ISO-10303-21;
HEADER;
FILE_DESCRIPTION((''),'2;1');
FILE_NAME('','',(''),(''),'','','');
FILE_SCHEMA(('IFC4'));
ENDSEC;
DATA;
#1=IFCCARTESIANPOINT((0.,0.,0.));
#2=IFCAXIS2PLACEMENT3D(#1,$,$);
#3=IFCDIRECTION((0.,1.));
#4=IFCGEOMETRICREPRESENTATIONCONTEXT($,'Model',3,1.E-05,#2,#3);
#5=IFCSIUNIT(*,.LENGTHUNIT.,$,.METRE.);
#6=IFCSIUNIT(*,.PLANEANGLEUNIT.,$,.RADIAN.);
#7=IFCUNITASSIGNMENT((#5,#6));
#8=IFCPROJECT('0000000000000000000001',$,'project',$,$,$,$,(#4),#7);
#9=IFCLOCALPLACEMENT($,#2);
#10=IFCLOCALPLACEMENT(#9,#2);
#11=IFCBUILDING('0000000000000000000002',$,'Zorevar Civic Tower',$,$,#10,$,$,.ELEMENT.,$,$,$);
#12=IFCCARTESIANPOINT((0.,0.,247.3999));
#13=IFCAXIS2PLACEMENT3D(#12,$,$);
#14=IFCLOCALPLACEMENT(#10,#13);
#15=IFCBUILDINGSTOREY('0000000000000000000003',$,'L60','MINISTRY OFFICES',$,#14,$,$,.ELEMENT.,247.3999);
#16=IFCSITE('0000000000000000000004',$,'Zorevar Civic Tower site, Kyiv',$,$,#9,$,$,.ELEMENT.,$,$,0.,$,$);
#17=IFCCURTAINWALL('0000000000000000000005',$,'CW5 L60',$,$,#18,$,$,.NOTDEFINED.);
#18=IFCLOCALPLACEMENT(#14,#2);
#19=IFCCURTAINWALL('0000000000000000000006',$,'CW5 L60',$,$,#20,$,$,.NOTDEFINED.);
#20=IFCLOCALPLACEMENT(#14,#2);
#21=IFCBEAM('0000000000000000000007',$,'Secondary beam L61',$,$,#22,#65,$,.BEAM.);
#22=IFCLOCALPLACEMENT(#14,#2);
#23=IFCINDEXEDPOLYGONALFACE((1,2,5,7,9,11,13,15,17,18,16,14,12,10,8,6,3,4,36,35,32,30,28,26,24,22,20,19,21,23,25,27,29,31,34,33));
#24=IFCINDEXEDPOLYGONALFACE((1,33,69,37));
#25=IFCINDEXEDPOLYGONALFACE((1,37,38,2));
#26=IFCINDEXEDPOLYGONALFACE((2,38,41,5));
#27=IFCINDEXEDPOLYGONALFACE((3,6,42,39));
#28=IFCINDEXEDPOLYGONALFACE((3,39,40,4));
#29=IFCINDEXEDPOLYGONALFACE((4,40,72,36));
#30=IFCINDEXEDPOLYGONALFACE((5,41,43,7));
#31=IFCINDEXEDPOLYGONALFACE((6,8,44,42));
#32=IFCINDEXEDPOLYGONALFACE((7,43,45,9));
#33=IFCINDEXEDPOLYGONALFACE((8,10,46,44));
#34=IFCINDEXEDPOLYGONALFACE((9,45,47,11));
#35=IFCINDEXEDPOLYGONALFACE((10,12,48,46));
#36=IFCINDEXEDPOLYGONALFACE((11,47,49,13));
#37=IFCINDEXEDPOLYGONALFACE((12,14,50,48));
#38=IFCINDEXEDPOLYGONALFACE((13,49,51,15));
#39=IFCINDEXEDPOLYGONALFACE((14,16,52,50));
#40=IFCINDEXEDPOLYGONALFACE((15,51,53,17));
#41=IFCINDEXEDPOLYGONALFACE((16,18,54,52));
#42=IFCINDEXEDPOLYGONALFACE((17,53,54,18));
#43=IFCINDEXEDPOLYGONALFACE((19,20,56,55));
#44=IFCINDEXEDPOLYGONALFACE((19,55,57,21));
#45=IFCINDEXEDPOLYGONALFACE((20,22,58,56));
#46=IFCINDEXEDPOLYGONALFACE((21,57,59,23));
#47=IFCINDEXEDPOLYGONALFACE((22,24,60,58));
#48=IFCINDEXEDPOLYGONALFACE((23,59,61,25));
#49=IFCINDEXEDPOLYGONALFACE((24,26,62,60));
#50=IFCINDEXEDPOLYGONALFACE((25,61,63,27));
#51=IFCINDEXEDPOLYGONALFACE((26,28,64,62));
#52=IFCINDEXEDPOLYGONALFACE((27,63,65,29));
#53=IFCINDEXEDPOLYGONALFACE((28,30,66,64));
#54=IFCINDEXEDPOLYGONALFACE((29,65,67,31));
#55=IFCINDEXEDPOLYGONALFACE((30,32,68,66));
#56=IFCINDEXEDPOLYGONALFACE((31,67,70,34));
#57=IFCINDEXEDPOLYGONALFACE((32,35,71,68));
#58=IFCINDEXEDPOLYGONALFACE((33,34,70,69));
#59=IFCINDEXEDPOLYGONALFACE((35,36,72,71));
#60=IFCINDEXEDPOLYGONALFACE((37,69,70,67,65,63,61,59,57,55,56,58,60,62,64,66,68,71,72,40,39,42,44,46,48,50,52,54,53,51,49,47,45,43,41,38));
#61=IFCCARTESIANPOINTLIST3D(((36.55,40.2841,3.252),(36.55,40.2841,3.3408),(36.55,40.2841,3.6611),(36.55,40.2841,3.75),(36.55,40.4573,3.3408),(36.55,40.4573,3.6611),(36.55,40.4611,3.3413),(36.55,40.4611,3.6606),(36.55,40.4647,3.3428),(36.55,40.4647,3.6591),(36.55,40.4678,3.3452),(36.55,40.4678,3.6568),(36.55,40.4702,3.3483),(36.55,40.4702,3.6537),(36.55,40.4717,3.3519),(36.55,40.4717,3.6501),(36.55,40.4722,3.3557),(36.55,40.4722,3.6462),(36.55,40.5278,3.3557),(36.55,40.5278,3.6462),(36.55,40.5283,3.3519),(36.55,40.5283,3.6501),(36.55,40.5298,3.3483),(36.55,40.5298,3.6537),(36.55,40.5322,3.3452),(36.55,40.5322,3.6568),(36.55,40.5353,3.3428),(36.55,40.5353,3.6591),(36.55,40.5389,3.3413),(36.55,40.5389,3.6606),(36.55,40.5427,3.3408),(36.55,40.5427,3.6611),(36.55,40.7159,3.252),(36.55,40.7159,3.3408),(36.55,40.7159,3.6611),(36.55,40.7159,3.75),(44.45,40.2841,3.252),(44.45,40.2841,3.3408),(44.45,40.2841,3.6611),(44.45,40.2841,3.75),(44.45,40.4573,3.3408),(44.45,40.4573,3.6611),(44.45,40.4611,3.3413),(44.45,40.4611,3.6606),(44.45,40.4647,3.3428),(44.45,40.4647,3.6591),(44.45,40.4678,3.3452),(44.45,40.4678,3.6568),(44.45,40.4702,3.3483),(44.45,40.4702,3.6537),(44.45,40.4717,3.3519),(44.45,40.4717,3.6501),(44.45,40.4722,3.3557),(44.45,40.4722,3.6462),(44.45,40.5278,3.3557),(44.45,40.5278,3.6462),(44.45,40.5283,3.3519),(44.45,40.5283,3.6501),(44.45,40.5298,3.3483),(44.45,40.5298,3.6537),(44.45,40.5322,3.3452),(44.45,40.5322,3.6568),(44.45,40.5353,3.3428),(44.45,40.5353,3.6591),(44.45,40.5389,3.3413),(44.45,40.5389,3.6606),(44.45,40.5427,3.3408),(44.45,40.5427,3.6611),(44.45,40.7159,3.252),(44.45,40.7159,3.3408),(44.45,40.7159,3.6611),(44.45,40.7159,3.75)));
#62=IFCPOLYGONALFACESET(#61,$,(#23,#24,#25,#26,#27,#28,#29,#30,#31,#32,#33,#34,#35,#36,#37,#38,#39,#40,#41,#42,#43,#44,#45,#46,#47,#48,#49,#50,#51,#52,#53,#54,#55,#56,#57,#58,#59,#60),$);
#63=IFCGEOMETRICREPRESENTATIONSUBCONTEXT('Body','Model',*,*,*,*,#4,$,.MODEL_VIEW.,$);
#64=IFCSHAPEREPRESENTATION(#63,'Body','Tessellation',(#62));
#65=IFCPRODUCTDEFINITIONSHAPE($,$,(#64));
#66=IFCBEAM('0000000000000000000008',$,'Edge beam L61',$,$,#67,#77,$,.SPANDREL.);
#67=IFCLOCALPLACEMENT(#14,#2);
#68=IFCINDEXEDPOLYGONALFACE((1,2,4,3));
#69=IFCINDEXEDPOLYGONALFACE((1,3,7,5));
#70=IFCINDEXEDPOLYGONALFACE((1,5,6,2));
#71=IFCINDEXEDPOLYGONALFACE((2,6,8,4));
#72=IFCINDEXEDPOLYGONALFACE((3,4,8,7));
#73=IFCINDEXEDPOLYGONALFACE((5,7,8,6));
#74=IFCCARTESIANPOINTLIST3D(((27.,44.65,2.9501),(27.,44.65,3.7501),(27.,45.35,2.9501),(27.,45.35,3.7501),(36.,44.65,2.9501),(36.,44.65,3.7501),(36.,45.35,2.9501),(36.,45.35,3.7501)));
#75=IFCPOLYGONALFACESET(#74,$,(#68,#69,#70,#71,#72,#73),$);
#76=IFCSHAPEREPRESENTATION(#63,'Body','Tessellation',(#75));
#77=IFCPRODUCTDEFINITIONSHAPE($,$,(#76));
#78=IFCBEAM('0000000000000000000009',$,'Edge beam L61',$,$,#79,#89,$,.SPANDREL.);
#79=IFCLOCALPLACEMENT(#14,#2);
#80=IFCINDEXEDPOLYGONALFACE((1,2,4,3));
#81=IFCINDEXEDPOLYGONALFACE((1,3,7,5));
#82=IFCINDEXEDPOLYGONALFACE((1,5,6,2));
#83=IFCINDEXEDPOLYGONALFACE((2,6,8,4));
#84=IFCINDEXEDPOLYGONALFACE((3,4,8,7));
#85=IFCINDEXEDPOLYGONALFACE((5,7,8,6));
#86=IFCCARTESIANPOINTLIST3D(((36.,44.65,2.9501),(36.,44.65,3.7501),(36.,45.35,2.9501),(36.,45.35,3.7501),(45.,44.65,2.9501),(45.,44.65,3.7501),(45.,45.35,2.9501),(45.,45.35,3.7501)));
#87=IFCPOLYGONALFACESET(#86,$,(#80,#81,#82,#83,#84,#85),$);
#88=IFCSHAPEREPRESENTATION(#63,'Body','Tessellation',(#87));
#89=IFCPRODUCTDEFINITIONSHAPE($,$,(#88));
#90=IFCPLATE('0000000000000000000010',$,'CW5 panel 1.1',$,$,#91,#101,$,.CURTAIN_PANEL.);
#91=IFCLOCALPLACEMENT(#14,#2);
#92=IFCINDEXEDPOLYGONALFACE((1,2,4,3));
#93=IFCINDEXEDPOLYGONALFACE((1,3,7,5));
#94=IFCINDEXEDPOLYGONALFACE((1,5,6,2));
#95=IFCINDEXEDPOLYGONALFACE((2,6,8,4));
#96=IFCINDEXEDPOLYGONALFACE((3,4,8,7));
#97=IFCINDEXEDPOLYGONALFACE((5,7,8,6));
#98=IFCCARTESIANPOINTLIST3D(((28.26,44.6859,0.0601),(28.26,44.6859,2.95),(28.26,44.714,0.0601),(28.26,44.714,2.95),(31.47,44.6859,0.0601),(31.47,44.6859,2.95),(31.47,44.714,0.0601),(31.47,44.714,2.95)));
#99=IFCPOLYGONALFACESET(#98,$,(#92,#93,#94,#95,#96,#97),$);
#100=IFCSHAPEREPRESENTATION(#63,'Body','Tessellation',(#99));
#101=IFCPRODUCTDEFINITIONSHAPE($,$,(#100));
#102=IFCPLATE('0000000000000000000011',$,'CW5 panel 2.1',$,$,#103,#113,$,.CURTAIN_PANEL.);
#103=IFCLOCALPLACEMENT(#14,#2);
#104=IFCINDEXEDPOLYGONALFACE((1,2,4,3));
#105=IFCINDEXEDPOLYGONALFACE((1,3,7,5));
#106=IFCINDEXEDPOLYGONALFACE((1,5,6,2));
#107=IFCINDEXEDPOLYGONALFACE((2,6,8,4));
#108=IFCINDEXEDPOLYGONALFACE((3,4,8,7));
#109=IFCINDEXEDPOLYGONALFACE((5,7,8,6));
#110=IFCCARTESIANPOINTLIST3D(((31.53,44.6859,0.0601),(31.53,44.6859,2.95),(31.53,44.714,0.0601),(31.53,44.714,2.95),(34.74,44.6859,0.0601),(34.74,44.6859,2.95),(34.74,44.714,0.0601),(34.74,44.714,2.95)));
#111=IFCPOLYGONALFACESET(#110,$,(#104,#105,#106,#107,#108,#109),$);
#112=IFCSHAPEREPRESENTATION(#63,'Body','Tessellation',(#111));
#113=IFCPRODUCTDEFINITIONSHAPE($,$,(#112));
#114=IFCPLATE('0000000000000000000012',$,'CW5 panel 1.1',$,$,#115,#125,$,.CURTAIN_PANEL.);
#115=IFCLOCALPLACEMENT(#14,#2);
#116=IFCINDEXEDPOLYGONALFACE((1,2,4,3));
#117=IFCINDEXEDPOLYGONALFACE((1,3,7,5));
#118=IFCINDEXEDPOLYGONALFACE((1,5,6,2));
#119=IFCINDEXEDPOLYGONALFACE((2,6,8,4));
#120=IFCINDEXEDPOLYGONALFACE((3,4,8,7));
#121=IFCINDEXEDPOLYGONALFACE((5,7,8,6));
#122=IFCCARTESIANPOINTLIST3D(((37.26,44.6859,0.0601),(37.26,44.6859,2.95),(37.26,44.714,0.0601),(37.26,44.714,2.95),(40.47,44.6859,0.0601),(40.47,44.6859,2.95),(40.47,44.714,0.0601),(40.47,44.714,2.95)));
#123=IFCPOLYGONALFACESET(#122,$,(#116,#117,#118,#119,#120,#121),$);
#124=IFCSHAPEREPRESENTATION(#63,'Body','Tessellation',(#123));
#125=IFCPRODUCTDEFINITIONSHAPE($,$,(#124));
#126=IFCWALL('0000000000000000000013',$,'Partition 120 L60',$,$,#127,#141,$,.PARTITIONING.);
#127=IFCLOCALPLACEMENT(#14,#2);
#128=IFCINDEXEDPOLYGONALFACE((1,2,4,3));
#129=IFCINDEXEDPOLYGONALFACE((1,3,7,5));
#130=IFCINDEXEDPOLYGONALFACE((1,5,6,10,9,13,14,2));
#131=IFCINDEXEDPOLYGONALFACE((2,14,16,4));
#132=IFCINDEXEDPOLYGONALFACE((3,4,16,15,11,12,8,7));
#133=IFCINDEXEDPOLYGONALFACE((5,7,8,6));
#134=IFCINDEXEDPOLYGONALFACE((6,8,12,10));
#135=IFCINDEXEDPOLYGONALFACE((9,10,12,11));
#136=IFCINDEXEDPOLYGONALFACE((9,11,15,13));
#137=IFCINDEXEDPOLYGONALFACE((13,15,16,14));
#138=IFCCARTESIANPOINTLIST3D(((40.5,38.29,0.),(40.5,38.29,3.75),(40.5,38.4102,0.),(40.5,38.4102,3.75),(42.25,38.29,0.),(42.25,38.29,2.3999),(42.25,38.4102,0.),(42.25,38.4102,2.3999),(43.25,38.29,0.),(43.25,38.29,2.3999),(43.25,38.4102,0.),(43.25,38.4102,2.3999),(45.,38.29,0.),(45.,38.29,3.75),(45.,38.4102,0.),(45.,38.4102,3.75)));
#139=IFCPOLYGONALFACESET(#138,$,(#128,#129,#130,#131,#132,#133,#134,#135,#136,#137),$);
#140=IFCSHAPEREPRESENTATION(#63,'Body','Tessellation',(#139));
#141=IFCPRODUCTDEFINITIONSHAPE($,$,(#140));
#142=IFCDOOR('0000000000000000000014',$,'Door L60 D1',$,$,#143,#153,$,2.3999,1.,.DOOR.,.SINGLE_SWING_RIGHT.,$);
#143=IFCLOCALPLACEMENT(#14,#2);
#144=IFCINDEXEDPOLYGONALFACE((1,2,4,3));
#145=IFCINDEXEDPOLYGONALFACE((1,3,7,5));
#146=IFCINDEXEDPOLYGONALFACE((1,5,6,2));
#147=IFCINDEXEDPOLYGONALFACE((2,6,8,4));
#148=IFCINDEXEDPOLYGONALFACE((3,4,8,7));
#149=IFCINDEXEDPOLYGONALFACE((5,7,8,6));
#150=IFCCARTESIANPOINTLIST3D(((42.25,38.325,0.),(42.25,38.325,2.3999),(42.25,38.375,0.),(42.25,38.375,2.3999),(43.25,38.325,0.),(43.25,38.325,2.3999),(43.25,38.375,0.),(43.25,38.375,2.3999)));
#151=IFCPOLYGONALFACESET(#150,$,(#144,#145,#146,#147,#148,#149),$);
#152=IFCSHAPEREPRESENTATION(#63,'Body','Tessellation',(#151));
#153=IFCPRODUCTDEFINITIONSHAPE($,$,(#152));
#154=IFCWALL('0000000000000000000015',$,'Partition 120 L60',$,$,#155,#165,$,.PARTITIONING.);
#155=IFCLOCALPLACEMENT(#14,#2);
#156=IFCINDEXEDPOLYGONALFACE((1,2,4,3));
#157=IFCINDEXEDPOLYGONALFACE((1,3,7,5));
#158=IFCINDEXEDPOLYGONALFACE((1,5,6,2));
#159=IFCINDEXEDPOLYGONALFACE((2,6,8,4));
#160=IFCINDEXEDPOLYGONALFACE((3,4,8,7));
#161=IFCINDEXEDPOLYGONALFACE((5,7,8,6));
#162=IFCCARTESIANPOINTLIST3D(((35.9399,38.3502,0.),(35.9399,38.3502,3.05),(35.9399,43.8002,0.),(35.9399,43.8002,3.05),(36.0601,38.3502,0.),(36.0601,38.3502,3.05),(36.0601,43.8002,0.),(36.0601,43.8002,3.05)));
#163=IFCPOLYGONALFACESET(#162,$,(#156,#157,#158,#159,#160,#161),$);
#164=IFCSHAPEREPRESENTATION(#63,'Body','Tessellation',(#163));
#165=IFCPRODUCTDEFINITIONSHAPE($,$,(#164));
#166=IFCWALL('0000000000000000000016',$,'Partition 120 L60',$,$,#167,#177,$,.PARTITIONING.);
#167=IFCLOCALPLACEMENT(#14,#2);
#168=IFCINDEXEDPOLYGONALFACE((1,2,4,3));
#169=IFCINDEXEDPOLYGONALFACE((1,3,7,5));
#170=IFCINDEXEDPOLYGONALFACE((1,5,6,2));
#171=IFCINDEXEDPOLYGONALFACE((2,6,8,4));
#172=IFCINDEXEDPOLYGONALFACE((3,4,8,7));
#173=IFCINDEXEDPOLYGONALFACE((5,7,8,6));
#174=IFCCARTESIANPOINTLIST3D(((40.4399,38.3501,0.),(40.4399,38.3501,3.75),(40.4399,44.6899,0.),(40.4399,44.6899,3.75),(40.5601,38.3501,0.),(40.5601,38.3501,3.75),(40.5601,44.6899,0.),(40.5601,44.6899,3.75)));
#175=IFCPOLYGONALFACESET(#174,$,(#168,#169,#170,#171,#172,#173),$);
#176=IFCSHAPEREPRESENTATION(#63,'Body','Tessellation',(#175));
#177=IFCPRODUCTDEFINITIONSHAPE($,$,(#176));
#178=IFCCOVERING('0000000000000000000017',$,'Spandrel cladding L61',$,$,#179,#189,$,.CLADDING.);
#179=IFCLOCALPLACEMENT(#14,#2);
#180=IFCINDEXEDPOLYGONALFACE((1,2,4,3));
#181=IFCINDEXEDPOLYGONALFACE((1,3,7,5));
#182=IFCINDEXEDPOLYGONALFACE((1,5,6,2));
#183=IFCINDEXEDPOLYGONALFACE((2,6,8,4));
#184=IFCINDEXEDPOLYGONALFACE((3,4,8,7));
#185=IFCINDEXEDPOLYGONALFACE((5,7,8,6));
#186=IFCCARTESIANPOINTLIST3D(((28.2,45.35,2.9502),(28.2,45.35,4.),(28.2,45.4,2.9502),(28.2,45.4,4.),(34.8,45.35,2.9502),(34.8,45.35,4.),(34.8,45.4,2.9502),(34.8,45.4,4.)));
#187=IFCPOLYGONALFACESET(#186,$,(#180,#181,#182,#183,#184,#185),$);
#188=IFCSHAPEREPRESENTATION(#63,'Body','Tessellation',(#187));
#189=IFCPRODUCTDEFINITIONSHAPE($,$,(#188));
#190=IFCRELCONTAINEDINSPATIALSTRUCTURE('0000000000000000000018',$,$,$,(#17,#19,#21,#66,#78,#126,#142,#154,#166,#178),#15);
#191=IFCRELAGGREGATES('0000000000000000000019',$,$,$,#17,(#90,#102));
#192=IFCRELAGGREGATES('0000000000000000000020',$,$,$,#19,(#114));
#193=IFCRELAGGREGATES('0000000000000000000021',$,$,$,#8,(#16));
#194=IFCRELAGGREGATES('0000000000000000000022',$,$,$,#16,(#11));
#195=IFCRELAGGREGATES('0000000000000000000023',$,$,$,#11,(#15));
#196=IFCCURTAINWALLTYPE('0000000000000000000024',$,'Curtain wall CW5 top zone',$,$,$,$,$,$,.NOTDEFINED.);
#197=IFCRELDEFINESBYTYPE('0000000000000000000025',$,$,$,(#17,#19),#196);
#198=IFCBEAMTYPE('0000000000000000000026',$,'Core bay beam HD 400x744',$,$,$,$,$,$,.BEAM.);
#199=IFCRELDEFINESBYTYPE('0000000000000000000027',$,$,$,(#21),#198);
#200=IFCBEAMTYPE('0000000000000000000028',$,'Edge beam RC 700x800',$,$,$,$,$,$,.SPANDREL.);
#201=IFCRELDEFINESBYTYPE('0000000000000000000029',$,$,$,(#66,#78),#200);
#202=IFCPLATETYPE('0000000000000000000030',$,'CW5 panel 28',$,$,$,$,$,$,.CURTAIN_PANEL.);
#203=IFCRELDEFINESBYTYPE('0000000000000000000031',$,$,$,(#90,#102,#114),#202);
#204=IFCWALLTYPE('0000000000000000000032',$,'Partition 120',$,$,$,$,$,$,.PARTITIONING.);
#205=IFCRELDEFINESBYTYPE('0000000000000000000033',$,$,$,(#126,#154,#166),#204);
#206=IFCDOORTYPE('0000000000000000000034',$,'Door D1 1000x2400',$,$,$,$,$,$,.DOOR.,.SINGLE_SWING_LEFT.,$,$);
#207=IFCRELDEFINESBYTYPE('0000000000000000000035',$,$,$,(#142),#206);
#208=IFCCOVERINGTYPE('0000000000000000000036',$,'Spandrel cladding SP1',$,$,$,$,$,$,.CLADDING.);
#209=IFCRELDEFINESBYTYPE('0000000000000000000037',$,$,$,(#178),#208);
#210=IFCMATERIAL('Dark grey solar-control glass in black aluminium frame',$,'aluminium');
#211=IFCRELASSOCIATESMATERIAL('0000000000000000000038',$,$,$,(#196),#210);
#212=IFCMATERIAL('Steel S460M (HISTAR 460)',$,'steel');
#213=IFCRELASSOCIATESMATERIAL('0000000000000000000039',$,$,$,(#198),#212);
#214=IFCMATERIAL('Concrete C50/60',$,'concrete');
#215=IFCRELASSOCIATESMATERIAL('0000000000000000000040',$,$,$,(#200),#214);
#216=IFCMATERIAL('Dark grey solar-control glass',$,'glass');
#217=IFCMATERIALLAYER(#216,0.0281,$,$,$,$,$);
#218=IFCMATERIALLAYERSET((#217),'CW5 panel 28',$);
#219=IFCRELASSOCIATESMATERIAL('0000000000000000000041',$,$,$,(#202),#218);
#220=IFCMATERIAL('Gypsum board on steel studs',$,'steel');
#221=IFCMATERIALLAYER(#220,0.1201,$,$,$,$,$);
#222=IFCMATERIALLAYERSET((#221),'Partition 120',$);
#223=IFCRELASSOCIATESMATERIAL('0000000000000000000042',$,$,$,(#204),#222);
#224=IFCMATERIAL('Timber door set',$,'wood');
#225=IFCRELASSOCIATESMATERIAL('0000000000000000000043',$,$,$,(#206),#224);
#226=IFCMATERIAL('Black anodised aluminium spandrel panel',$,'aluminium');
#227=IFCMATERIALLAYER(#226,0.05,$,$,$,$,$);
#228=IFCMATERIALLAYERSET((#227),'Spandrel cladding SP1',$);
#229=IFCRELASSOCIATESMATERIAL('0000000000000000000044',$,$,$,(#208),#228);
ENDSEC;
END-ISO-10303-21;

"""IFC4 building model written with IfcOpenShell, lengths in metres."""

from ifc_helpers import new_model, si_unit, direction, frame, frame_2d, origin, origin_2d, place, context, subcontext, project, spatial, rectangle, i_section, extrude, material, layer, layer_set, material_profile, profile_set, type_object, element, fill, aggregate, save


model = new_model("IFC4")

# Units and contexts
model_context = context("Model", 3, precision=1e-05, world=origin(), true_north=direction((0.0, 1.0)))
body_context = subcontext(model_context, "Body", "Model", "MODEL_VIEW")
ifc_project = project(units=[si_unit("LENGTHUNIT", "METRE"), si_unit("PLANEANGLEUNIT", "RADIAN")], contexts=[model_context])

# Site, building, storey
site_placement = place(None, origin())
site = spatial("IfcSite", under=ifc_project, at=site_placement, Name="Zorevar Civic Tower site, Kyiv", CompositionType="ELEMENT", RefElevation=0.0)
building_placement = place(site_placement, origin())
building = spatial("IfcBuilding", under=site, at=building_placement, Name="Zorevar Civic Tower", CompositionType="ELEMENT")
storey_placement = place(building_placement, frame((0.0, 0.0, 247.3999)))
storey = spatial("IfcBuildingStorey", under=building, at=storey_placement, Name="L60", Description="MINISTRY OFFICES", CompositionType="ELEMENT", Elevation=247.3999)

# Curtain walls
ifc_material_1 = material(Name="Dark grey solar-control glass in black aluminium frame", Category="aluminium")
curtain_wall_type = type_object("IfcCurtainWallType", Name="Curtain wall CW5 top zone", PredefinedType="NOTDEFINED", material=ifc_material_1)
curtain_wall_1_placement = place(storey_placement, origin())
curtain_wall_1 = element("IfcCurtainWall", 1, at=curtain_wall_1_placement, inside=storey, type_object=curtain_wall_type, Name="CW5 L60", PredefinedType="NOTDEFINED")
curtain_wall_2_placement = place(storey_placement, origin())
curtain_wall_2 = element("IfcCurtainWall", 2, at=curtain_wall_2_placement, inside=storey, type_object=curtain_wall_type, Name="CW5 L60", PredefinedType="NOTDEFINED")

# Beams
ifc_material_2 = material(Name="Steel S460M (HISTAR 460)", Category="steel")
ifc_material_profile_1 = material_profile(ifc_material_2, i_section(OverallWidth=0.4319, OverallDepth=0.498, WebThickness=0.0557, FlangeThickness=0.0889, FilletRadius=0.0149, at=origin_2d()), Name="HD 400x744")
ifc_profile_set_1 = profile_set([ifc_material_profile_1], Name="Steel S460M (HISTAR 460)")
beam_type_1 = type_object("IfcBeamType", Name="Core bay beam HD 400x744", PredefinedType="BEAM", material=ifc_profile_set_1)
for number, where, z_axis, x_axis, name in (
    (3, (36.55, 40.5, 3.501), (1.0, 0.0, 0.0), (0.0, 1.0, 0.0), "Secondary beam L61"),
):
    element("IfcBeam", number, at=place(storey_placement, frame(where, z_axis=z_axis, x_axis=x_axis)), inside=storey, type_object=beam_type_1, Name=name, PredefinedType="BEAM", context=body_context, shape_type="SweptSolid", body=[
        extrude(i_section(OverallWidth=0.4319, OverallDepth=0.498, WebThickness=0.0557, FlangeThickness=0.0889, FilletRadius=0.0149, at=origin_2d()), origin(), (0.0, 0.0, 1.0), 7.8999),
    ])
ifc_material_3 = material(Name="Concrete C50/60", Category="concrete")
ifc_material_profile_2 = material_profile(ifc_material_3, rectangle(XDim=0.7, YDim=0.8, at=origin_2d()), Name="RC 700x800")
ifc_profile_set_2 = profile_set([ifc_material_profile_2], Name="Concrete C50/60")
beam_type_2 = type_object("IfcBeamType", Name="Edge beam RC 700x800", PredefinedType="SPANDREL", material=ifc_profile_set_2)
for number, where, z_axis, x_axis, name in (
    (4, (27.0, 45.0, 3.3501), (1.0, 0.0, 0.0), (0.0, 1.0, 0.0), "Edge beam L61"),
    (5, (36.0, 45.0, 3.3501), (1.0, 0.0, 0.0), (0.0, 1.0, 0.0), "Edge beam L61"),
):
    element("IfcBeam", number, at=place(storey_placement, frame(where, z_axis=z_axis, x_axis=x_axis)), inside=storey, type_object=beam_type_2, Name=name, PredefinedType="SPANDREL", context=body_context, shape_type="SweptSolid", body=[
        extrude(rectangle(XDim=0.7, YDim=0.8, at=origin_2d()), origin(), (0.0, 0.0, 1.0), 9.0),
    ])

# Plates
ifc_material_4 = material(Name="Dark grey solar-control glass", Category="glass")
ifc_layer_1 = layer(ifc_material_4, 0.0281)
ifc_layer_set_1 = layer_set([ifc_layer_1], Name="CW5 panel 28")
plate_type = type_object("IfcPlateType", Name="CW5 panel 28", PredefinedType="CURTAIN_PANEL", material=ifc_layer_set_1)
plate_1_placement = place(storey_placement, frame((29.865, 44.7, 0.0601), z_axis=(0.0, 0.0, 1.0), x_axis=(1.0, 0.0, 0.0)))
plate_1 = element("IfcPlate", 6, at=plate_1_placement, type_object=plate_type, Name="CW5 panel 1.1", PredefinedType="CURTAIN_PANEL", context=body_context, shape_type="SweptSolid", body=[
    extrude(rectangle(XDim=3.21, YDim=0.0281, at=origin_2d()), origin(), (0.0, 0.0, 1.0), 2.8899),
])
plate_2_placement = place(storey_placement, frame((33.135, 44.7, 0.0601), z_axis=(0.0, 0.0, 1.0), x_axis=(1.0, 0.0, 0.0)))
plate_2 = element("IfcPlate", 7, at=plate_2_placement, type_object=plate_type, Name="CW5 panel 2.1", PredefinedType="CURTAIN_PANEL", context=body_context, shape_type="SweptSolid", body=[
    extrude(rectangle(XDim=3.21, YDim=0.0281, at=origin_2d()), origin(), (0.0, 0.0, 1.0), 2.8899),
])
aggregate(curtain_wall_1, [plate_1, plate_2])
plate_3_placement = place(storey_placement, frame((38.865, 44.7, 0.0601), z_axis=(0.0, 0.0, 1.0), x_axis=(1.0, 0.0, 0.0)))
plate_3 = element("IfcPlate", 8, at=plate_3_placement, type_object=plate_type, Name="CW5 panel 1.1", PredefinedType="CURTAIN_PANEL", context=body_context, shape_type="SweptSolid", body=[
    extrude(rectangle(XDim=3.21, YDim=0.0281, at=origin_2d()), origin(), (0.0, 0.0, 1.0), 2.8899),
])
aggregate(curtain_wall_2, [plate_3])

# Wall, opening, door
ifc_material_5 = material(Name="Gypsum board on steel studs", Category="steel")
ifc_layer_2 = layer(ifc_material_5, 0.1201)
ifc_layer_set_2 = layer_set([ifc_layer_2], Name="Partition 120")
wall_type = type_object("IfcWallType", Name="Partition 120", PredefinedType="PARTITIONING", material=ifc_layer_set_2)
wall_1_placement = place(storey_placement, frame((40.5, 38.3501, 0.0), z_axis=(0.0, 0.0, 1.0), x_axis=(1.0, 0.0, 0.0)))
wall_1 = element("IfcWall", 9, at=wall_1_placement, inside=storey, type_object=wall_type, Name="Partition 120 L60", PredefinedType="PARTITIONING", context=body_context, shape_type="SweptSolid", body=[
    extrude(rectangle(XDim=4.5, YDim=0.1201, at=frame_2d((2.25, 0.0))), origin(), (0.0, 0.0, 1.0), 3.75),
])
opening_placement = place(wall_1_placement, frame((1.75, 0.0, 0.0)))
opening = element("IfcOpeningElement", 10, at=opening_placement, cuts=wall_1, PredefinedType="OPENING", context=body_context, shape_type="SweptSolid", body=[
    extrude(rectangle(XDim=1.0, YDim=2.3999, at=frame_2d((0.5, 1.2))), frame((0.0, 0.0701, 0.0), z_axis=(0.0, -1.0, 0.0), x_axis=(1.0, 0.0, 0.0)), (0.0, 0.0, 1.0), 0.1401),
])
ifc_material_6 = material(Name="Timber door set", Category="wood")
door_type = type_object("IfcDoorType", Name="Door D1 1000x2400", OperationType="SINGLE_SWING_LEFT", PredefinedType="DOOR", material=ifc_material_6)
door_placement = place(opening_placement, origin())
door = element("IfcDoor", 11, at=door_placement, inside=storey, type_object=door_type, Name="Door L60 D1", OperationType="SINGLE_SWING_RIGHT", OverallHeight=2.3999, OverallWidth=1.0, PredefinedType="DOOR", context=body_context, shape_type="SweptSolid", body=[
    extrude(rectangle(XDim=1.0, YDim=2.3999, at=frame_2d((0.5, 1.2))), frame((0.0, 0.0249, 0.0), z_axis=(0.0, -1.0, 0.0), x_axis=(1.0, 0.0, 0.0)), (0.0, 0.0, 1.0), 0.05),
])
fill(opening, door)

# Walls
wall_2_placement = place(storey_placement, frame((36.0, 38.3501, 0.0), z_axis=(0.0, 0.0, 1.0), x_axis=(0.0, 1.0, 0.0)))
element("IfcWall", 12, at=wall_2_placement, inside=storey, type_object=wall_type, Name="Partition 120 L60", PredefinedType="PARTITIONING", context=body_context, shape_type="SweptSolid", body=[
    extrude(rectangle(XDim=5.45, YDim=0.1201, at=frame_2d((2.7251, 0.0))), origin(), (0.0, 0.0, 1.0), 3.05),
])
wall_3_placement = place(storey_placement, frame((40.5, 38.3501, 0.0), z_axis=(0.0, 0.0, 1.0), x_axis=(0.0, 1.0, 0.0)))
element("IfcWall", 13, at=wall_3_placement, inside=storey, type_object=wall_type, Name="Partition 120 L60", PredefinedType="PARTITIONING", context=body_context, shape_type="SweptSolid", body=[
    extrude(rectangle(XDim=6.3398, YDim=0.1201, at=frame_2d((3.1699, 0.0))), origin(), (0.0, 0.0, 1.0), 3.75),
])

# Covering
ifc_material_7 = material(Name="Black anodised aluminium spandrel panel", Category="aluminium")
ifc_layer_3 = layer(ifc_material_7, 0.05)
ifc_layer_set_3 = layer_set([ifc_layer_3], Name="Spandrel cladding SP1")
covering_type = type_object("IfcCoveringType", Name="Spandrel cladding SP1", PredefinedType="CLADDING", material=ifc_layer_set_3)
for number, where, z_axis, x_axis, name in (
    (14, (28.2, 45.375, 2.9502), (0.0, 0.0, 1.0), (1.0, 0.0, 0.0), "Spandrel cladding L61"),
):
    element("IfcCovering", number, at=place(storey_placement, frame(where, z_axis=z_axis, x_axis=x_axis)), inside=storey, type_object=covering_type, Name=name, PredefinedType="CLADDING", context=body_context, shape_type="SweptSolid", body=[
        extrude(rectangle(XDim=6.6001, YDim=0.05, at=frame_2d((3.3, 0.0))), origin(), (0.0, 0.0, 1.0), 1.0498),
    ])

save(model, "model.ifc")
